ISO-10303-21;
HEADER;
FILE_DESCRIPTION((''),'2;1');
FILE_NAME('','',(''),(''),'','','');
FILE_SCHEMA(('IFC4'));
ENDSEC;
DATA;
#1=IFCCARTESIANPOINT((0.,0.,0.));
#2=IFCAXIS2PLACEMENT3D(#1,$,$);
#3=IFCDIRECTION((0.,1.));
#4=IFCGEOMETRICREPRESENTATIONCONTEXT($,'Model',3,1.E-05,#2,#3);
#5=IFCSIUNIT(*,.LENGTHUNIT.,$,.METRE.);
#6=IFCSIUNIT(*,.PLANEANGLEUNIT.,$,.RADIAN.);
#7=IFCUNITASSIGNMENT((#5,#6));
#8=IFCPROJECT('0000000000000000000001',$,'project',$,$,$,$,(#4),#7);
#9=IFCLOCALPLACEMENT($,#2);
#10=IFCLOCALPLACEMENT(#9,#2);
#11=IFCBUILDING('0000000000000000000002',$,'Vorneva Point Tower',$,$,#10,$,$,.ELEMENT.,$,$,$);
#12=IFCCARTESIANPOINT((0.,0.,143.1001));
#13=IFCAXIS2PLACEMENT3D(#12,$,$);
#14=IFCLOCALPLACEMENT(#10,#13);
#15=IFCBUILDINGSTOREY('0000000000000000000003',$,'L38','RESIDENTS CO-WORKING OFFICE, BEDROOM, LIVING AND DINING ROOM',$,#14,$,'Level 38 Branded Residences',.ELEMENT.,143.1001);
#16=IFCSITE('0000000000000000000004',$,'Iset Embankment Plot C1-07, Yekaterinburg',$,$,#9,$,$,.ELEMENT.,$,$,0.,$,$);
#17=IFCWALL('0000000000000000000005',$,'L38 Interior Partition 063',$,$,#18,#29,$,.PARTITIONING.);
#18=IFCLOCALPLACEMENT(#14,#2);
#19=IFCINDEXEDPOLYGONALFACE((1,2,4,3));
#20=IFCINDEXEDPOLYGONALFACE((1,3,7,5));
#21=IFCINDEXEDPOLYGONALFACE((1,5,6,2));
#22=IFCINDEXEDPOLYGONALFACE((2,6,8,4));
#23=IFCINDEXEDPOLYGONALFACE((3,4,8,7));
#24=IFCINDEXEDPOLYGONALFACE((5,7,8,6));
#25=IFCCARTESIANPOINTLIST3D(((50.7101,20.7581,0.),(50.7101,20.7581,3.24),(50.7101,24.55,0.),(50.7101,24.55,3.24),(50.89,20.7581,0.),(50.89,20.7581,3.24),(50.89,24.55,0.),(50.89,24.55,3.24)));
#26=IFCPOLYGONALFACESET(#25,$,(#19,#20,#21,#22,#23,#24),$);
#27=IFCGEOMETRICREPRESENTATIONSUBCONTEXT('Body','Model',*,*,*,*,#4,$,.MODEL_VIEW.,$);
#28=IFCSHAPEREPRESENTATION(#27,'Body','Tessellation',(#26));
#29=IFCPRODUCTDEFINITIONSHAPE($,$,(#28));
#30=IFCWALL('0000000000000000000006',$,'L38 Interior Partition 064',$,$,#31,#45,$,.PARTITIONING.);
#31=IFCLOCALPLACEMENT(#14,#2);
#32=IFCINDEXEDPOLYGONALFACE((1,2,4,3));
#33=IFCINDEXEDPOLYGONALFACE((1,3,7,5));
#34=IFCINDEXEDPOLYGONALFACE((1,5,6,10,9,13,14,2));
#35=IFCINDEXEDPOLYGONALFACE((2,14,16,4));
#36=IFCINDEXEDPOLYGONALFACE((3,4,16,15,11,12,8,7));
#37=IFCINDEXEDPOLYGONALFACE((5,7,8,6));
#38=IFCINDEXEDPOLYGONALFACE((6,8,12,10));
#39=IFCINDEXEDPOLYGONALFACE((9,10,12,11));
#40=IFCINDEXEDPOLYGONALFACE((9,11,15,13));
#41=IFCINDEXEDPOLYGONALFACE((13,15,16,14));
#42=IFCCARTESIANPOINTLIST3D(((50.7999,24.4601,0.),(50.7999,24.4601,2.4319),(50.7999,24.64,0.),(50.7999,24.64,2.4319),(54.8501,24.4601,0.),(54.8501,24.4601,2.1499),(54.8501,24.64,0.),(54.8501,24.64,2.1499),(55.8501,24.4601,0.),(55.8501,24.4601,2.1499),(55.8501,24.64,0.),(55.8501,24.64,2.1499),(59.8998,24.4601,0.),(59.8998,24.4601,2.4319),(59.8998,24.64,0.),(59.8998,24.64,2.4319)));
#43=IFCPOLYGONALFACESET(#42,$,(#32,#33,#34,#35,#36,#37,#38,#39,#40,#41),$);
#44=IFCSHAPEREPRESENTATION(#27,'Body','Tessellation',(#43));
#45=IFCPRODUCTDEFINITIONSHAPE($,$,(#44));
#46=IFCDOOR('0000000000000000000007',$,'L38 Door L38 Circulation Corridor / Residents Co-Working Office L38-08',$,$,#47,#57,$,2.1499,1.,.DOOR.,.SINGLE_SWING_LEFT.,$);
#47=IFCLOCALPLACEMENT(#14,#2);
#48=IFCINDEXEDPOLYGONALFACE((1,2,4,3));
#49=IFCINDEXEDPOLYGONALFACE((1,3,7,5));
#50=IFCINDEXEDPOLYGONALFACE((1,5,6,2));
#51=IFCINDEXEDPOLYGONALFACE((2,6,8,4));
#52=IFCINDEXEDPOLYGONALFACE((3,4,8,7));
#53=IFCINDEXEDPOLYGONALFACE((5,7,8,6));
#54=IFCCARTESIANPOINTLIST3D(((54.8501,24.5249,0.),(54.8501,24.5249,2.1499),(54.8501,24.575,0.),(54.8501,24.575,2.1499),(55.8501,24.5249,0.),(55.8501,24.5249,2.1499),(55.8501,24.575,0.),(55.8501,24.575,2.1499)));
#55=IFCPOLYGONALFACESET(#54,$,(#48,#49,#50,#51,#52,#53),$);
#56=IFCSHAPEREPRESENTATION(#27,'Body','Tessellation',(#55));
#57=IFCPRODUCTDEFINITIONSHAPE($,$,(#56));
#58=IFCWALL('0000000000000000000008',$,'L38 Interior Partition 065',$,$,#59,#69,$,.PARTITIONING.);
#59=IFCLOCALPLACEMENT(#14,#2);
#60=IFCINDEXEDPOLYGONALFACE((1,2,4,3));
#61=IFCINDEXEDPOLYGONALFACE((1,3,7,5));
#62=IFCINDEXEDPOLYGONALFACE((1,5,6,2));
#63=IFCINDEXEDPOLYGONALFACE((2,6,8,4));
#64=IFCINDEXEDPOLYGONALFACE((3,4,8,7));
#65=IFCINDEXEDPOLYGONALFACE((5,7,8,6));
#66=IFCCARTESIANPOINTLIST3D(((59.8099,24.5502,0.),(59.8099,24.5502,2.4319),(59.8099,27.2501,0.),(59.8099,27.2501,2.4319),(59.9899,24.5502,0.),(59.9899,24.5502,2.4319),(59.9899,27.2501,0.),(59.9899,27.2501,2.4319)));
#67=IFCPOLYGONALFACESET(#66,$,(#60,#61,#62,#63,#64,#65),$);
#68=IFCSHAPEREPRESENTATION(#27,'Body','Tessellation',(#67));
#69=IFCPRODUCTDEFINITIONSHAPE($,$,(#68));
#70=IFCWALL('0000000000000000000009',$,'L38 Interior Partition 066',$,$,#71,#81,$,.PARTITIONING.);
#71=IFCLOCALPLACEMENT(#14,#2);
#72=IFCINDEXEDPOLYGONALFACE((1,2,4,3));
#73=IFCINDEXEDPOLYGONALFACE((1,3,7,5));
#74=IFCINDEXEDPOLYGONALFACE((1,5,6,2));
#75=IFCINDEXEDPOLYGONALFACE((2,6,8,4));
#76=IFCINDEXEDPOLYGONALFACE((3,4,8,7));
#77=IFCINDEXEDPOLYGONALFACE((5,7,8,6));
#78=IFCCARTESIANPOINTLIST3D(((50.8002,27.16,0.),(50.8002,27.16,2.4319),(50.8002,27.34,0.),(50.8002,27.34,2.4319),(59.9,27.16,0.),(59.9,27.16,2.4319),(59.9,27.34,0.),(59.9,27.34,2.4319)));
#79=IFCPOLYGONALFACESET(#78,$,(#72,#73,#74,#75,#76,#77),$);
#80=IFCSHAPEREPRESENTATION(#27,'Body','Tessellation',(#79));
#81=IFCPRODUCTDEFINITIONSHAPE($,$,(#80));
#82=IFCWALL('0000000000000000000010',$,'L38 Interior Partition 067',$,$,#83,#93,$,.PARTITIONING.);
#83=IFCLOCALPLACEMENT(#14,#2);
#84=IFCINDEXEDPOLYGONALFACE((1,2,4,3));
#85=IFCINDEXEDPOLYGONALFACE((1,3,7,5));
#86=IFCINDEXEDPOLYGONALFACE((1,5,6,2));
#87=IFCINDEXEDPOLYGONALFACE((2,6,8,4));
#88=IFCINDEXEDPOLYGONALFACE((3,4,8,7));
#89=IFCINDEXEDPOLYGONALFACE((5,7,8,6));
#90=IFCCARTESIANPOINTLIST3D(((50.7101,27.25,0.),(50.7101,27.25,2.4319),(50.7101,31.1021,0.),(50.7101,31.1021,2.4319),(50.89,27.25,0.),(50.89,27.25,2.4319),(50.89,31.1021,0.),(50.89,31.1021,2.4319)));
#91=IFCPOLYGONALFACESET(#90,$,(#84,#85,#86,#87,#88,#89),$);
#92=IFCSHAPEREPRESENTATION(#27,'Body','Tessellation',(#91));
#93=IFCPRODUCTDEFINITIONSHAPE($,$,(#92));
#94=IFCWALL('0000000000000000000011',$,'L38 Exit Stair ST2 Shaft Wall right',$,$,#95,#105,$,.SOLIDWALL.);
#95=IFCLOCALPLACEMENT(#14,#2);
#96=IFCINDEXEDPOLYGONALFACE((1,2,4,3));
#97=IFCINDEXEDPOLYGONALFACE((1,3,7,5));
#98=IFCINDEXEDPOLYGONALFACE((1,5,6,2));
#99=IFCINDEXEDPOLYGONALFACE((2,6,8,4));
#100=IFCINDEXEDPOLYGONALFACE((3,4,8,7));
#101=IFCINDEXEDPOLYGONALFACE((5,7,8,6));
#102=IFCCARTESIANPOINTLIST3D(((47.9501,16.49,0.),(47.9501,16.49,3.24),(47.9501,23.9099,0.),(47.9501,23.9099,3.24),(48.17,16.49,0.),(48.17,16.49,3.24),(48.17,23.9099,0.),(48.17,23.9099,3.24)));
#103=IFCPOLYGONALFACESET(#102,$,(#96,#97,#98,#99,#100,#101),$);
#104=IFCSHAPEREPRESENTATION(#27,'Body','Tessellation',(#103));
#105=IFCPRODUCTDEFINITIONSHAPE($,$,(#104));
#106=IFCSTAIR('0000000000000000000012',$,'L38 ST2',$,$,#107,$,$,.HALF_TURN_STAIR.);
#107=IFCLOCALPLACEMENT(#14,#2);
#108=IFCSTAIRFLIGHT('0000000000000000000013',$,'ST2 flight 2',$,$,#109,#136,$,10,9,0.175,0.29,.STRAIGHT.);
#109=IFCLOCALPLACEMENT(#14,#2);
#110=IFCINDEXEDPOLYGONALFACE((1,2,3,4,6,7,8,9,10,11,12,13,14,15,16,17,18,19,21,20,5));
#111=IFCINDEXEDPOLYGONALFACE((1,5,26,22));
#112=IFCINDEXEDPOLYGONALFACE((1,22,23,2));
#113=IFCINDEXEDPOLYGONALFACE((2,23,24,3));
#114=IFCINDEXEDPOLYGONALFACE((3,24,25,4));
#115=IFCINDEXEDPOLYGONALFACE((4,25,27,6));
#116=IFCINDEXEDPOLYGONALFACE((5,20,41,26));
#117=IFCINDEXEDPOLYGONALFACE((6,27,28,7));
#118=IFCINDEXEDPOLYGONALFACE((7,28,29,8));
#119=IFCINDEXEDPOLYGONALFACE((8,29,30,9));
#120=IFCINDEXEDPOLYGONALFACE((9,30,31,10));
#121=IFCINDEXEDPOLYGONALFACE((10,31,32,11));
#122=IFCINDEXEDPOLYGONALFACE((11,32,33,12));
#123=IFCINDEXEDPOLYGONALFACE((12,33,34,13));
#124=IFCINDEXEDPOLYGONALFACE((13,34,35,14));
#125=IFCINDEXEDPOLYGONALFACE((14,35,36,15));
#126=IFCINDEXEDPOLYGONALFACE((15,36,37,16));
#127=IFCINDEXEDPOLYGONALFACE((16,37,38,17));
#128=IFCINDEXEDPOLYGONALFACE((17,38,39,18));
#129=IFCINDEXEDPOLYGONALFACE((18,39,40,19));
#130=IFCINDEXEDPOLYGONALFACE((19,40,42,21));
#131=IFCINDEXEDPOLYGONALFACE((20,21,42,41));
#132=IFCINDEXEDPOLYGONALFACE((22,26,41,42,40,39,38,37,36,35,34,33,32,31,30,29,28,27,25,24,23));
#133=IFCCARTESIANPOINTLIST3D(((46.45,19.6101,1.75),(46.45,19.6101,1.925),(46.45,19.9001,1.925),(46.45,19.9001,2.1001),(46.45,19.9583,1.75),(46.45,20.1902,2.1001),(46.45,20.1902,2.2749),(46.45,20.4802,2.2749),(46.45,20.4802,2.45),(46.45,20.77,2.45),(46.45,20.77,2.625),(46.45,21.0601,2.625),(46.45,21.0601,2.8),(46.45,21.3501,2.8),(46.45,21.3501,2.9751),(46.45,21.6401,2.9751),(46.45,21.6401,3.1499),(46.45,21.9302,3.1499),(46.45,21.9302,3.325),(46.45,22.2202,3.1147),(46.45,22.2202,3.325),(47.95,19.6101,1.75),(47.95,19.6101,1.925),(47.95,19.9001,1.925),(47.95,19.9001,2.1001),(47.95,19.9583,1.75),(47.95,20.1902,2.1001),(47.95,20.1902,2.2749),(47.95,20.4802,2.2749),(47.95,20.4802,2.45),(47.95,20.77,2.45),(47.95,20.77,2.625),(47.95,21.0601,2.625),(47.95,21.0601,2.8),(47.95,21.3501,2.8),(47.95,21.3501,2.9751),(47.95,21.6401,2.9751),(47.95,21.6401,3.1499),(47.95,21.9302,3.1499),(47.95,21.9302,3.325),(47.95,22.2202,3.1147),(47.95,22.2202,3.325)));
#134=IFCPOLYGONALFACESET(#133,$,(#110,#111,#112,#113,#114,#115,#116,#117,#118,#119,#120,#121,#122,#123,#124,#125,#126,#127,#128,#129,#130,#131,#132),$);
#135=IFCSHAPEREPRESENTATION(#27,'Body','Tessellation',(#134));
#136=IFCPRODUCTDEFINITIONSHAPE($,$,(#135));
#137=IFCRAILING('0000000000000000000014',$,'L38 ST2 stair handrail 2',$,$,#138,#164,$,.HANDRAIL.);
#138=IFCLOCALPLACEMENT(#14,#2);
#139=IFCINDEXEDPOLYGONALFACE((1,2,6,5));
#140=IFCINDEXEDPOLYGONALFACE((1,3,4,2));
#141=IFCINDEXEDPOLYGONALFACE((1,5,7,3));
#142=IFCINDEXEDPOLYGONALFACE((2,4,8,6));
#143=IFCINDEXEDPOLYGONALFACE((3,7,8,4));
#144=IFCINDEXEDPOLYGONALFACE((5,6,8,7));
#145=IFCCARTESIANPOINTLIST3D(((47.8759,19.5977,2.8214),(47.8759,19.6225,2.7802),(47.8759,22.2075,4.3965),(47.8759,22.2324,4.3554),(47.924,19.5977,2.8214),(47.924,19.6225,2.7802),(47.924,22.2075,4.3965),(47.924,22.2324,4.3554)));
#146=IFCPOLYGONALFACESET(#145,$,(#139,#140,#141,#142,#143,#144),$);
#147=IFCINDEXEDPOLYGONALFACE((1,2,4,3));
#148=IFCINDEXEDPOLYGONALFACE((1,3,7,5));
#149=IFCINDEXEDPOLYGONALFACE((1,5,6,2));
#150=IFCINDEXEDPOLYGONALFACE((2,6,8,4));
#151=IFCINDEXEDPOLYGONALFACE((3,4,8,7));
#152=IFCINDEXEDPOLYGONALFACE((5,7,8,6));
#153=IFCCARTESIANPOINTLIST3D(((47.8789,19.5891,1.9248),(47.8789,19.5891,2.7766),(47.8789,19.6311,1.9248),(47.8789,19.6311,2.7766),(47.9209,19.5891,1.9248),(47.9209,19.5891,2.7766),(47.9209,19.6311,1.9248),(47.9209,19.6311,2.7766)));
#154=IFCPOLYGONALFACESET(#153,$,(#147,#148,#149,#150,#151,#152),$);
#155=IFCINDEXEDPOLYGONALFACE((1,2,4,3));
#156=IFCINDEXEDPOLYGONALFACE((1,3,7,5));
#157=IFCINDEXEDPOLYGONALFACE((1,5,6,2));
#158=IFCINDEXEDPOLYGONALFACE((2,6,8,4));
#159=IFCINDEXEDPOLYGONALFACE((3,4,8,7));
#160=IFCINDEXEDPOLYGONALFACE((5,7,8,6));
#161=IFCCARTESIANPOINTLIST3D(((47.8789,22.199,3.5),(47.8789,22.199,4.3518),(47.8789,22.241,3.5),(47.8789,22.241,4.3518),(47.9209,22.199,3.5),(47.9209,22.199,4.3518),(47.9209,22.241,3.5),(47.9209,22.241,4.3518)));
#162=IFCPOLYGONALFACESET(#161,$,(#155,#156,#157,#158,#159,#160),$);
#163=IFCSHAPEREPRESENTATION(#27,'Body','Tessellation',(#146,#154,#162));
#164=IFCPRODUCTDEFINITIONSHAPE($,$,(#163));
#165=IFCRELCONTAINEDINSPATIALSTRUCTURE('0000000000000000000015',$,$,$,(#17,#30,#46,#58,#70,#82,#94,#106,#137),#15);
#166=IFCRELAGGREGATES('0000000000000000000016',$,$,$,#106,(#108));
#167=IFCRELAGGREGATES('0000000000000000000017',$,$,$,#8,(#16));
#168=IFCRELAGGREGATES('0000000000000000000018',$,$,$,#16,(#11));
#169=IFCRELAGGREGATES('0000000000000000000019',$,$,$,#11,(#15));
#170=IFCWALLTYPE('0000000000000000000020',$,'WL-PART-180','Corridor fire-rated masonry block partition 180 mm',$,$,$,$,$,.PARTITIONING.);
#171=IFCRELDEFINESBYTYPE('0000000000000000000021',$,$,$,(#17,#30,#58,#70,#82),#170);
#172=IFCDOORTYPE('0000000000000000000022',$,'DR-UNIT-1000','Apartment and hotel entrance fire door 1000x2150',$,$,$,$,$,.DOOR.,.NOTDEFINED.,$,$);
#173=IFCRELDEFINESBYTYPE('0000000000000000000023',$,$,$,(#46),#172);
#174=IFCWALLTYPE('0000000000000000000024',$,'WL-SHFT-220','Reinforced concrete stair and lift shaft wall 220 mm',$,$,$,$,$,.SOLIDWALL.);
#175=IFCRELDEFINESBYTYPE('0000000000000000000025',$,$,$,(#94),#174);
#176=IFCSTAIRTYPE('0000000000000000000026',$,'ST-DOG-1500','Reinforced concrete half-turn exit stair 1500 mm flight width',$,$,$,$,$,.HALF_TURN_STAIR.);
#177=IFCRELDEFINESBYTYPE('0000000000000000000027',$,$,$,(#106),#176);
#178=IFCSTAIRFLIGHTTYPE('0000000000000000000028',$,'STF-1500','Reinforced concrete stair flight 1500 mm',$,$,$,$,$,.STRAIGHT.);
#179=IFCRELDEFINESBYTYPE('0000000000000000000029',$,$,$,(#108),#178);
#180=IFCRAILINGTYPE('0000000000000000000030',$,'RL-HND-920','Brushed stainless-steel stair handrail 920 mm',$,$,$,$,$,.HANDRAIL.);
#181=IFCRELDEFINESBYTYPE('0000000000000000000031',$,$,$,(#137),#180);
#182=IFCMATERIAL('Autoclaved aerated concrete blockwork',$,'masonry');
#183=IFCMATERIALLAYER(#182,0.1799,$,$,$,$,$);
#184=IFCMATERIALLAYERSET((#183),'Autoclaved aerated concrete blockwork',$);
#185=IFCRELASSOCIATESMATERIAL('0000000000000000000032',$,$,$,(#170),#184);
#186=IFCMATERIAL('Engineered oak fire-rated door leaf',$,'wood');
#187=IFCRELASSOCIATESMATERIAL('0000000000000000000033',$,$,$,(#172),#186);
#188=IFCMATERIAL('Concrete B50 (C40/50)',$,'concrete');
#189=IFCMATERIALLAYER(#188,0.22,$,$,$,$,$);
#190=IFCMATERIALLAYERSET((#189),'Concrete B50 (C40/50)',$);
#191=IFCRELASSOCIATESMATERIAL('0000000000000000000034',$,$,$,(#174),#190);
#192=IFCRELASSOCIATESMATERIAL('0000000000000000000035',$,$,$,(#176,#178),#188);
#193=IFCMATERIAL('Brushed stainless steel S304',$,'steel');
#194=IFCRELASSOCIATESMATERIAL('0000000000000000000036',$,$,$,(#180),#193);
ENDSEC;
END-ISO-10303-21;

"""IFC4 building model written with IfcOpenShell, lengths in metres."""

from ifc_helpers import new_model, si_unit, direction, frame, frame_2d, origin, origin_2d, place, context, subcontext, project, spatial, polyline, rectangle, outline, extrude, material, layer, layer_set, type_object, element, fill, aggregate, save


model = new_model("IFC4")

# Units and contexts
model_context = context("Model", 3, precision=1e-05, world=origin(), true_north=direction((0.0, 1.0)))
body_context = subcontext(model_context, "Body", "Model", "MODEL_VIEW")
ifc_project = project(units=[si_unit("LENGTHUNIT", "METRE"), si_unit("PLANEANGLEUNIT", "RADIAN")], contexts=[model_context])

# Site, building, storey
site_placement = place(None, origin())
site = spatial("IfcSite", under=ifc_project, at=site_placement, Name="Iset Embankment Plot C1-07, Yekaterinburg", CompositionType="ELEMENT", RefElevation=0.0)
building_placement = place(site_placement, origin())
building = spatial("IfcBuilding", under=site, at=building_placement, Name="Vorneva Point Tower", CompositionType="ELEMENT")
storey_placement = place(building_placement, frame((0.0, 0.0, 143.1001)))
storey = spatial("IfcBuildingStorey", under=building, at=storey_placement, Name="L38", Description="RESIDENTS CO-WORKING OFFICE, BEDROOM, LIVING AND DINING ROOM", LongName="Level 38 Branded Residences", CompositionType="ELEMENT", Elevation=143.1001)

# Shared definitions
ifc_material_1 = material(Name="Autoclaved aerated concrete blockwork", Category="masonry")
ifc_layer_1 = layer(ifc_material_1, 0.1799)
ifc_layer_set_1 = layer_set([ifc_layer_1], Name="Autoclaved aerated concrete blockwork")
wall_type_1 = type_object("IfcWallType", Name="WL-PART-180", Description="Corridor fire-rated masonry block partition 180 mm", PredefinedType="PARTITIONING", material=ifc_layer_set_1)

# Wall
wall_1_placement = place(storey_placement, frame((50.8, 20.7581, 0.0), z_axis=(0.0, 0.0, 1.0), x_axis=(0.0, 1.0, 0.0)))
element("IfcWall", 1, at=wall_1_placement, inside=storey, type_object=wall_type_1, Name="L38 Interior Partition 063", PredefinedType="PARTITIONING", context=body_context, shape_type="SweptSolid", body=[
    extrude(rectangle(XDim=3.792, YDim=0.1799, at=frame_2d((1.896, 0.0))), origin(), (0.0, 0.0, 1.0), 3.24),
])

# Wall, opening, door
wall_2_placement = place(storey_placement, frame((50.8, 24.55, 0.0), z_axis=(0.0, 0.0, 1.0), x_axis=(1.0, 0.0, 0.0)))
wall_2 = element("IfcWall", 2, at=wall_2_placement, inside=storey, type_object=wall_type_1, Name="L38 Interior Partition 064", PredefinedType="PARTITIONING", context=body_context, shape_type="SweptSolid", body=[
    extrude(rectangle(XDim=9.0999, YDim=0.1799, at=frame_2d((4.5498, 0.0))), origin(), (0.0, 0.0, 1.0), 2.4319),
])
opening_1_placement = place(wall_2_placement, frame((4.05, 0.0, 0.0)))
opening_1 = element("IfcOpeningElement", 3, at=opening_1_placement, cuts=wall_2, PredefinedType="OPENING", context=body_context, shape_type="SweptSolid", body=[
    extrude(rectangle(XDim=1.0, YDim=2.1499, at=frame_2d((0.5, 1.075))), frame((0.0, 0.105, 0.0), z_axis=(0.0, -1.0, 0.0), x_axis=(1.0, 0.0, 0.0)), (0.0, 0.0, 1.0), 0.2097),
])
ifc_material_2 = material(Name="Engineered oak fire-rated door leaf", Category="wood")
door_type_1 = type_object("IfcDoorType", Name="DR-UNIT-1000", Description="Apartment and hotel entrance fire door 1000x2150", OperationType="NOTDEFINED", PredefinedType="DOOR", material=ifc_material_2)
door_1_placement = place(opening_1_placement, origin())
door_1 = element("IfcDoor", 4, at=door_1_placement, inside=storey, type_object=door_type_1, Name="L38 Door L38 Circulation Corridor / Residents Co-Working Office L38-08", OperationType="SINGLE_SWING_LEFT", OverallHeight=2.1499, OverallWidth=1.0, PredefinedType="DOOR", context=body_context, shape_type="SweptSolid", body=[
    extrude(rectangle(XDim=1.0, YDim=2.1499, at=frame_2d((0.5, 1.075))), frame((0.0, 0.0249, 0.0), z_axis=(0.0, -1.0, 0.0), x_axis=(1.0, 0.0, 0.0)), (0.0, 0.0, 1.0), 0.05),
])
fill(opening_1, door_1)

# Walls
wall_3_placement = place(storey_placement, frame((59.8999, 24.55, 0.0), z_axis=(0.0, 0.0, 1.0), x_axis=(0.0, 1.0, 0.0)))
element("IfcWall", 5, at=wall_3_placement, inside=storey, type_object=wall_type_1, Name="L38 Interior Partition 065", PredefinedType="PARTITIONING", context=body_context, shape_type="SweptSolid", body=[
    extrude(rectangle(XDim=2.7, YDim=0.1799, at=frame_2d((1.3501, 0.0))), origin(), (0.0, 0.0, 1.0), 2.4319),
])
wall_4_placement = place(storey_placement, frame((59.8999, 27.25, 0.0), z_axis=(0.0, 0.0, 1.0), x_axis=(-1.0, 0.0, 0.0)))
element("IfcWall", 6, at=wall_4_placement, inside=storey, type_object=wall_type_1, Name="L38 Interior Partition 066", PredefinedType="PARTITIONING", context=body_context, shape_type="SweptSolid", body=[
    extrude(rectangle(XDim=9.0999, YDim=0.1799, at=frame_2d((4.5498, 0.0))), origin(), (0.0, 0.0, 1.0), 2.4319),
])
wall_5_placement = place(storey_placement, frame((50.8, 27.25, 0.0), z_axis=(0.0, 0.0, 1.0), x_axis=(0.0, 1.0, 0.0)))
element("IfcWall", 7, at=wall_5_placement, inside=storey, type_object=wall_type_1, Name="L38 Interior Partition 067", PredefinedType="PARTITIONING", context=body_context, shape_type="SweptSolid", body=[
    extrude(rectangle(XDim=3.8521, YDim=0.1799, at=frame_2d((1.926, 0.0))), origin(), (0.0, 0.0, 1.0), 2.4319),
])
ifc_material_3 = material(Name="Concrete B50 (C40/50)", Category="concrete")
ifc_layer_2 = layer(ifc_material_3, 0.22)
ifc_layer_set_2 = layer_set([ifc_layer_2], Name="Concrete B50 (C40/50)")
wall_type_2 = type_object("IfcWallType", Name="WL-SHFT-220", Description="Reinforced concrete stair and lift shaft wall 220 mm", PredefinedType="SOLIDWALL", material=ifc_layer_set_2)
wall_6_placement = place(storey_placement, frame((48.0601, 23.9099, 0.0), z_axis=(0.0, 0.0, 1.0), x_axis=(0.0, -1.0, 0.0)))
element("IfcWall", 8, at=wall_6_placement, inside=storey, type_object=wall_type_2, Name="L38 Exit Stair ST2 Shaft Wall right", PredefinedType="SOLIDWALL", context=body_context, shape_type="SweptSolid", body=[
    extrude(rectangle(XDim=7.4199, YDim=0.22, at=frame_2d((3.71, 0.0))), origin(), (0.0, 0.0, 1.0), 3.24),
])

# Stair, stair flight
stair_type = type_object("IfcStairType", Name="ST-DOG-1500", Description="Reinforced concrete half-turn exit stair 1500 mm flight width", PredefinedType="HALF_TURN_STAIR", material=ifc_material_3)
stair_placement = place(storey_placement, origin())
stair = element("IfcStair", 9, at=stair_placement, inside=storey, type_object=stair_type, Name="L38 ST2", PredefinedType="HALF_TURN_STAIR")
stair_flight_type = type_object("IfcStairFlightType", Name="STF-1500", Description="Reinforced concrete stair flight 1500 mm", PredefinedType="STRAIGHT", material=ifc_material_3)
stair_flight_placement = place(storey_placement, frame((47.2, 19.6101, 1.75), z_axis=(0.0, 0.0, 1.0), x_axis=(0.0, 1.0, 0.0)))
stair_flight = element("IfcStairFlight", 10, at=stair_flight_placement, type_object=stair_flight_type, Name="ST2 flight 2", NumberOfRisers=10, NumberOfTreads=9, PredefinedType="STRAIGHT", RiserHeight=0.175, TreadLength=0.29, context=body_context, shape_type="SweptSolid", body=[
    extrude(outline(polyline([(0.0, 0.0), (0.0, 0.175), (0.29, 0.175), (0.29, 0.3501), (0.5801, 0.3501), (0.5801, 0.5249), (0.8701, 0.5249), (0.8701, 0.7), (1.1599, 0.7), (1.1599, 0.875), (1.45, 0.875), (1.45, 1.05), (1.74, 1.05), (1.74, 1.2251), (2.03, 1.2251), (2.03, 1.3999), (2.3201, 1.3999), (2.3201, 1.575), (2.6101, 1.575), (2.6101, 1.75), (2.6101, 1.3647), (0.3481, 0.0), (0.0, 0.0)])), frame((0.0, 0.75, 0.0), z_axis=(0.0, -1.0, 0.0), x_axis=(1.0, 0.0, 0.0)), (0.0, 0.0, 1.0), 1.5),
])
aggregate(stair, [stair_flight])

# Railing
ifc_material_4 = material(Name="Brushed stainless steel S304", Category="steel")
railing_type_1 = type_object("IfcRailingType", Name="RL-HND-920", Description="Brushed stainless-steel stair handrail 920 mm", PredefinedType="HANDRAIL", material=ifc_material_4)
railing_1_placement = place(storey_placement, frame((47.8999, 19.6101, 1.9248)))
element("IfcRailing", 11, at=railing_1_placement, inside=storey, type_object=railing_type_1, Name="L38 ST2 stair handrail 2", PredefinedType="HANDRAIL", context=body_context, shape_type="SweptSolid", body=[
    extrude(rectangle(XDim=0.0481, YDim=0.0481, at=origin_2d()), frame((0.0, 0.0, 0.876), z_axis=(0.0, 0.856147, 0.516732), x_axis=(-1.0, 0.0, 0.0)), (0.0, 0.0, 1.0), 3.0483),
    extrude(rectangle(XDim=0.042, YDim=0.042, at=origin_2d()), origin(), (0.0, 0.0, 1.0), 0.8518),
    extrude(rectangle(XDim=0.042, YDim=0.042, at=origin_2d()), frame((0.0, 2.6099, 1.5752)), (0.0, 0.0, 1.0), 0.8518),
])

save(model, "model.ifc")
